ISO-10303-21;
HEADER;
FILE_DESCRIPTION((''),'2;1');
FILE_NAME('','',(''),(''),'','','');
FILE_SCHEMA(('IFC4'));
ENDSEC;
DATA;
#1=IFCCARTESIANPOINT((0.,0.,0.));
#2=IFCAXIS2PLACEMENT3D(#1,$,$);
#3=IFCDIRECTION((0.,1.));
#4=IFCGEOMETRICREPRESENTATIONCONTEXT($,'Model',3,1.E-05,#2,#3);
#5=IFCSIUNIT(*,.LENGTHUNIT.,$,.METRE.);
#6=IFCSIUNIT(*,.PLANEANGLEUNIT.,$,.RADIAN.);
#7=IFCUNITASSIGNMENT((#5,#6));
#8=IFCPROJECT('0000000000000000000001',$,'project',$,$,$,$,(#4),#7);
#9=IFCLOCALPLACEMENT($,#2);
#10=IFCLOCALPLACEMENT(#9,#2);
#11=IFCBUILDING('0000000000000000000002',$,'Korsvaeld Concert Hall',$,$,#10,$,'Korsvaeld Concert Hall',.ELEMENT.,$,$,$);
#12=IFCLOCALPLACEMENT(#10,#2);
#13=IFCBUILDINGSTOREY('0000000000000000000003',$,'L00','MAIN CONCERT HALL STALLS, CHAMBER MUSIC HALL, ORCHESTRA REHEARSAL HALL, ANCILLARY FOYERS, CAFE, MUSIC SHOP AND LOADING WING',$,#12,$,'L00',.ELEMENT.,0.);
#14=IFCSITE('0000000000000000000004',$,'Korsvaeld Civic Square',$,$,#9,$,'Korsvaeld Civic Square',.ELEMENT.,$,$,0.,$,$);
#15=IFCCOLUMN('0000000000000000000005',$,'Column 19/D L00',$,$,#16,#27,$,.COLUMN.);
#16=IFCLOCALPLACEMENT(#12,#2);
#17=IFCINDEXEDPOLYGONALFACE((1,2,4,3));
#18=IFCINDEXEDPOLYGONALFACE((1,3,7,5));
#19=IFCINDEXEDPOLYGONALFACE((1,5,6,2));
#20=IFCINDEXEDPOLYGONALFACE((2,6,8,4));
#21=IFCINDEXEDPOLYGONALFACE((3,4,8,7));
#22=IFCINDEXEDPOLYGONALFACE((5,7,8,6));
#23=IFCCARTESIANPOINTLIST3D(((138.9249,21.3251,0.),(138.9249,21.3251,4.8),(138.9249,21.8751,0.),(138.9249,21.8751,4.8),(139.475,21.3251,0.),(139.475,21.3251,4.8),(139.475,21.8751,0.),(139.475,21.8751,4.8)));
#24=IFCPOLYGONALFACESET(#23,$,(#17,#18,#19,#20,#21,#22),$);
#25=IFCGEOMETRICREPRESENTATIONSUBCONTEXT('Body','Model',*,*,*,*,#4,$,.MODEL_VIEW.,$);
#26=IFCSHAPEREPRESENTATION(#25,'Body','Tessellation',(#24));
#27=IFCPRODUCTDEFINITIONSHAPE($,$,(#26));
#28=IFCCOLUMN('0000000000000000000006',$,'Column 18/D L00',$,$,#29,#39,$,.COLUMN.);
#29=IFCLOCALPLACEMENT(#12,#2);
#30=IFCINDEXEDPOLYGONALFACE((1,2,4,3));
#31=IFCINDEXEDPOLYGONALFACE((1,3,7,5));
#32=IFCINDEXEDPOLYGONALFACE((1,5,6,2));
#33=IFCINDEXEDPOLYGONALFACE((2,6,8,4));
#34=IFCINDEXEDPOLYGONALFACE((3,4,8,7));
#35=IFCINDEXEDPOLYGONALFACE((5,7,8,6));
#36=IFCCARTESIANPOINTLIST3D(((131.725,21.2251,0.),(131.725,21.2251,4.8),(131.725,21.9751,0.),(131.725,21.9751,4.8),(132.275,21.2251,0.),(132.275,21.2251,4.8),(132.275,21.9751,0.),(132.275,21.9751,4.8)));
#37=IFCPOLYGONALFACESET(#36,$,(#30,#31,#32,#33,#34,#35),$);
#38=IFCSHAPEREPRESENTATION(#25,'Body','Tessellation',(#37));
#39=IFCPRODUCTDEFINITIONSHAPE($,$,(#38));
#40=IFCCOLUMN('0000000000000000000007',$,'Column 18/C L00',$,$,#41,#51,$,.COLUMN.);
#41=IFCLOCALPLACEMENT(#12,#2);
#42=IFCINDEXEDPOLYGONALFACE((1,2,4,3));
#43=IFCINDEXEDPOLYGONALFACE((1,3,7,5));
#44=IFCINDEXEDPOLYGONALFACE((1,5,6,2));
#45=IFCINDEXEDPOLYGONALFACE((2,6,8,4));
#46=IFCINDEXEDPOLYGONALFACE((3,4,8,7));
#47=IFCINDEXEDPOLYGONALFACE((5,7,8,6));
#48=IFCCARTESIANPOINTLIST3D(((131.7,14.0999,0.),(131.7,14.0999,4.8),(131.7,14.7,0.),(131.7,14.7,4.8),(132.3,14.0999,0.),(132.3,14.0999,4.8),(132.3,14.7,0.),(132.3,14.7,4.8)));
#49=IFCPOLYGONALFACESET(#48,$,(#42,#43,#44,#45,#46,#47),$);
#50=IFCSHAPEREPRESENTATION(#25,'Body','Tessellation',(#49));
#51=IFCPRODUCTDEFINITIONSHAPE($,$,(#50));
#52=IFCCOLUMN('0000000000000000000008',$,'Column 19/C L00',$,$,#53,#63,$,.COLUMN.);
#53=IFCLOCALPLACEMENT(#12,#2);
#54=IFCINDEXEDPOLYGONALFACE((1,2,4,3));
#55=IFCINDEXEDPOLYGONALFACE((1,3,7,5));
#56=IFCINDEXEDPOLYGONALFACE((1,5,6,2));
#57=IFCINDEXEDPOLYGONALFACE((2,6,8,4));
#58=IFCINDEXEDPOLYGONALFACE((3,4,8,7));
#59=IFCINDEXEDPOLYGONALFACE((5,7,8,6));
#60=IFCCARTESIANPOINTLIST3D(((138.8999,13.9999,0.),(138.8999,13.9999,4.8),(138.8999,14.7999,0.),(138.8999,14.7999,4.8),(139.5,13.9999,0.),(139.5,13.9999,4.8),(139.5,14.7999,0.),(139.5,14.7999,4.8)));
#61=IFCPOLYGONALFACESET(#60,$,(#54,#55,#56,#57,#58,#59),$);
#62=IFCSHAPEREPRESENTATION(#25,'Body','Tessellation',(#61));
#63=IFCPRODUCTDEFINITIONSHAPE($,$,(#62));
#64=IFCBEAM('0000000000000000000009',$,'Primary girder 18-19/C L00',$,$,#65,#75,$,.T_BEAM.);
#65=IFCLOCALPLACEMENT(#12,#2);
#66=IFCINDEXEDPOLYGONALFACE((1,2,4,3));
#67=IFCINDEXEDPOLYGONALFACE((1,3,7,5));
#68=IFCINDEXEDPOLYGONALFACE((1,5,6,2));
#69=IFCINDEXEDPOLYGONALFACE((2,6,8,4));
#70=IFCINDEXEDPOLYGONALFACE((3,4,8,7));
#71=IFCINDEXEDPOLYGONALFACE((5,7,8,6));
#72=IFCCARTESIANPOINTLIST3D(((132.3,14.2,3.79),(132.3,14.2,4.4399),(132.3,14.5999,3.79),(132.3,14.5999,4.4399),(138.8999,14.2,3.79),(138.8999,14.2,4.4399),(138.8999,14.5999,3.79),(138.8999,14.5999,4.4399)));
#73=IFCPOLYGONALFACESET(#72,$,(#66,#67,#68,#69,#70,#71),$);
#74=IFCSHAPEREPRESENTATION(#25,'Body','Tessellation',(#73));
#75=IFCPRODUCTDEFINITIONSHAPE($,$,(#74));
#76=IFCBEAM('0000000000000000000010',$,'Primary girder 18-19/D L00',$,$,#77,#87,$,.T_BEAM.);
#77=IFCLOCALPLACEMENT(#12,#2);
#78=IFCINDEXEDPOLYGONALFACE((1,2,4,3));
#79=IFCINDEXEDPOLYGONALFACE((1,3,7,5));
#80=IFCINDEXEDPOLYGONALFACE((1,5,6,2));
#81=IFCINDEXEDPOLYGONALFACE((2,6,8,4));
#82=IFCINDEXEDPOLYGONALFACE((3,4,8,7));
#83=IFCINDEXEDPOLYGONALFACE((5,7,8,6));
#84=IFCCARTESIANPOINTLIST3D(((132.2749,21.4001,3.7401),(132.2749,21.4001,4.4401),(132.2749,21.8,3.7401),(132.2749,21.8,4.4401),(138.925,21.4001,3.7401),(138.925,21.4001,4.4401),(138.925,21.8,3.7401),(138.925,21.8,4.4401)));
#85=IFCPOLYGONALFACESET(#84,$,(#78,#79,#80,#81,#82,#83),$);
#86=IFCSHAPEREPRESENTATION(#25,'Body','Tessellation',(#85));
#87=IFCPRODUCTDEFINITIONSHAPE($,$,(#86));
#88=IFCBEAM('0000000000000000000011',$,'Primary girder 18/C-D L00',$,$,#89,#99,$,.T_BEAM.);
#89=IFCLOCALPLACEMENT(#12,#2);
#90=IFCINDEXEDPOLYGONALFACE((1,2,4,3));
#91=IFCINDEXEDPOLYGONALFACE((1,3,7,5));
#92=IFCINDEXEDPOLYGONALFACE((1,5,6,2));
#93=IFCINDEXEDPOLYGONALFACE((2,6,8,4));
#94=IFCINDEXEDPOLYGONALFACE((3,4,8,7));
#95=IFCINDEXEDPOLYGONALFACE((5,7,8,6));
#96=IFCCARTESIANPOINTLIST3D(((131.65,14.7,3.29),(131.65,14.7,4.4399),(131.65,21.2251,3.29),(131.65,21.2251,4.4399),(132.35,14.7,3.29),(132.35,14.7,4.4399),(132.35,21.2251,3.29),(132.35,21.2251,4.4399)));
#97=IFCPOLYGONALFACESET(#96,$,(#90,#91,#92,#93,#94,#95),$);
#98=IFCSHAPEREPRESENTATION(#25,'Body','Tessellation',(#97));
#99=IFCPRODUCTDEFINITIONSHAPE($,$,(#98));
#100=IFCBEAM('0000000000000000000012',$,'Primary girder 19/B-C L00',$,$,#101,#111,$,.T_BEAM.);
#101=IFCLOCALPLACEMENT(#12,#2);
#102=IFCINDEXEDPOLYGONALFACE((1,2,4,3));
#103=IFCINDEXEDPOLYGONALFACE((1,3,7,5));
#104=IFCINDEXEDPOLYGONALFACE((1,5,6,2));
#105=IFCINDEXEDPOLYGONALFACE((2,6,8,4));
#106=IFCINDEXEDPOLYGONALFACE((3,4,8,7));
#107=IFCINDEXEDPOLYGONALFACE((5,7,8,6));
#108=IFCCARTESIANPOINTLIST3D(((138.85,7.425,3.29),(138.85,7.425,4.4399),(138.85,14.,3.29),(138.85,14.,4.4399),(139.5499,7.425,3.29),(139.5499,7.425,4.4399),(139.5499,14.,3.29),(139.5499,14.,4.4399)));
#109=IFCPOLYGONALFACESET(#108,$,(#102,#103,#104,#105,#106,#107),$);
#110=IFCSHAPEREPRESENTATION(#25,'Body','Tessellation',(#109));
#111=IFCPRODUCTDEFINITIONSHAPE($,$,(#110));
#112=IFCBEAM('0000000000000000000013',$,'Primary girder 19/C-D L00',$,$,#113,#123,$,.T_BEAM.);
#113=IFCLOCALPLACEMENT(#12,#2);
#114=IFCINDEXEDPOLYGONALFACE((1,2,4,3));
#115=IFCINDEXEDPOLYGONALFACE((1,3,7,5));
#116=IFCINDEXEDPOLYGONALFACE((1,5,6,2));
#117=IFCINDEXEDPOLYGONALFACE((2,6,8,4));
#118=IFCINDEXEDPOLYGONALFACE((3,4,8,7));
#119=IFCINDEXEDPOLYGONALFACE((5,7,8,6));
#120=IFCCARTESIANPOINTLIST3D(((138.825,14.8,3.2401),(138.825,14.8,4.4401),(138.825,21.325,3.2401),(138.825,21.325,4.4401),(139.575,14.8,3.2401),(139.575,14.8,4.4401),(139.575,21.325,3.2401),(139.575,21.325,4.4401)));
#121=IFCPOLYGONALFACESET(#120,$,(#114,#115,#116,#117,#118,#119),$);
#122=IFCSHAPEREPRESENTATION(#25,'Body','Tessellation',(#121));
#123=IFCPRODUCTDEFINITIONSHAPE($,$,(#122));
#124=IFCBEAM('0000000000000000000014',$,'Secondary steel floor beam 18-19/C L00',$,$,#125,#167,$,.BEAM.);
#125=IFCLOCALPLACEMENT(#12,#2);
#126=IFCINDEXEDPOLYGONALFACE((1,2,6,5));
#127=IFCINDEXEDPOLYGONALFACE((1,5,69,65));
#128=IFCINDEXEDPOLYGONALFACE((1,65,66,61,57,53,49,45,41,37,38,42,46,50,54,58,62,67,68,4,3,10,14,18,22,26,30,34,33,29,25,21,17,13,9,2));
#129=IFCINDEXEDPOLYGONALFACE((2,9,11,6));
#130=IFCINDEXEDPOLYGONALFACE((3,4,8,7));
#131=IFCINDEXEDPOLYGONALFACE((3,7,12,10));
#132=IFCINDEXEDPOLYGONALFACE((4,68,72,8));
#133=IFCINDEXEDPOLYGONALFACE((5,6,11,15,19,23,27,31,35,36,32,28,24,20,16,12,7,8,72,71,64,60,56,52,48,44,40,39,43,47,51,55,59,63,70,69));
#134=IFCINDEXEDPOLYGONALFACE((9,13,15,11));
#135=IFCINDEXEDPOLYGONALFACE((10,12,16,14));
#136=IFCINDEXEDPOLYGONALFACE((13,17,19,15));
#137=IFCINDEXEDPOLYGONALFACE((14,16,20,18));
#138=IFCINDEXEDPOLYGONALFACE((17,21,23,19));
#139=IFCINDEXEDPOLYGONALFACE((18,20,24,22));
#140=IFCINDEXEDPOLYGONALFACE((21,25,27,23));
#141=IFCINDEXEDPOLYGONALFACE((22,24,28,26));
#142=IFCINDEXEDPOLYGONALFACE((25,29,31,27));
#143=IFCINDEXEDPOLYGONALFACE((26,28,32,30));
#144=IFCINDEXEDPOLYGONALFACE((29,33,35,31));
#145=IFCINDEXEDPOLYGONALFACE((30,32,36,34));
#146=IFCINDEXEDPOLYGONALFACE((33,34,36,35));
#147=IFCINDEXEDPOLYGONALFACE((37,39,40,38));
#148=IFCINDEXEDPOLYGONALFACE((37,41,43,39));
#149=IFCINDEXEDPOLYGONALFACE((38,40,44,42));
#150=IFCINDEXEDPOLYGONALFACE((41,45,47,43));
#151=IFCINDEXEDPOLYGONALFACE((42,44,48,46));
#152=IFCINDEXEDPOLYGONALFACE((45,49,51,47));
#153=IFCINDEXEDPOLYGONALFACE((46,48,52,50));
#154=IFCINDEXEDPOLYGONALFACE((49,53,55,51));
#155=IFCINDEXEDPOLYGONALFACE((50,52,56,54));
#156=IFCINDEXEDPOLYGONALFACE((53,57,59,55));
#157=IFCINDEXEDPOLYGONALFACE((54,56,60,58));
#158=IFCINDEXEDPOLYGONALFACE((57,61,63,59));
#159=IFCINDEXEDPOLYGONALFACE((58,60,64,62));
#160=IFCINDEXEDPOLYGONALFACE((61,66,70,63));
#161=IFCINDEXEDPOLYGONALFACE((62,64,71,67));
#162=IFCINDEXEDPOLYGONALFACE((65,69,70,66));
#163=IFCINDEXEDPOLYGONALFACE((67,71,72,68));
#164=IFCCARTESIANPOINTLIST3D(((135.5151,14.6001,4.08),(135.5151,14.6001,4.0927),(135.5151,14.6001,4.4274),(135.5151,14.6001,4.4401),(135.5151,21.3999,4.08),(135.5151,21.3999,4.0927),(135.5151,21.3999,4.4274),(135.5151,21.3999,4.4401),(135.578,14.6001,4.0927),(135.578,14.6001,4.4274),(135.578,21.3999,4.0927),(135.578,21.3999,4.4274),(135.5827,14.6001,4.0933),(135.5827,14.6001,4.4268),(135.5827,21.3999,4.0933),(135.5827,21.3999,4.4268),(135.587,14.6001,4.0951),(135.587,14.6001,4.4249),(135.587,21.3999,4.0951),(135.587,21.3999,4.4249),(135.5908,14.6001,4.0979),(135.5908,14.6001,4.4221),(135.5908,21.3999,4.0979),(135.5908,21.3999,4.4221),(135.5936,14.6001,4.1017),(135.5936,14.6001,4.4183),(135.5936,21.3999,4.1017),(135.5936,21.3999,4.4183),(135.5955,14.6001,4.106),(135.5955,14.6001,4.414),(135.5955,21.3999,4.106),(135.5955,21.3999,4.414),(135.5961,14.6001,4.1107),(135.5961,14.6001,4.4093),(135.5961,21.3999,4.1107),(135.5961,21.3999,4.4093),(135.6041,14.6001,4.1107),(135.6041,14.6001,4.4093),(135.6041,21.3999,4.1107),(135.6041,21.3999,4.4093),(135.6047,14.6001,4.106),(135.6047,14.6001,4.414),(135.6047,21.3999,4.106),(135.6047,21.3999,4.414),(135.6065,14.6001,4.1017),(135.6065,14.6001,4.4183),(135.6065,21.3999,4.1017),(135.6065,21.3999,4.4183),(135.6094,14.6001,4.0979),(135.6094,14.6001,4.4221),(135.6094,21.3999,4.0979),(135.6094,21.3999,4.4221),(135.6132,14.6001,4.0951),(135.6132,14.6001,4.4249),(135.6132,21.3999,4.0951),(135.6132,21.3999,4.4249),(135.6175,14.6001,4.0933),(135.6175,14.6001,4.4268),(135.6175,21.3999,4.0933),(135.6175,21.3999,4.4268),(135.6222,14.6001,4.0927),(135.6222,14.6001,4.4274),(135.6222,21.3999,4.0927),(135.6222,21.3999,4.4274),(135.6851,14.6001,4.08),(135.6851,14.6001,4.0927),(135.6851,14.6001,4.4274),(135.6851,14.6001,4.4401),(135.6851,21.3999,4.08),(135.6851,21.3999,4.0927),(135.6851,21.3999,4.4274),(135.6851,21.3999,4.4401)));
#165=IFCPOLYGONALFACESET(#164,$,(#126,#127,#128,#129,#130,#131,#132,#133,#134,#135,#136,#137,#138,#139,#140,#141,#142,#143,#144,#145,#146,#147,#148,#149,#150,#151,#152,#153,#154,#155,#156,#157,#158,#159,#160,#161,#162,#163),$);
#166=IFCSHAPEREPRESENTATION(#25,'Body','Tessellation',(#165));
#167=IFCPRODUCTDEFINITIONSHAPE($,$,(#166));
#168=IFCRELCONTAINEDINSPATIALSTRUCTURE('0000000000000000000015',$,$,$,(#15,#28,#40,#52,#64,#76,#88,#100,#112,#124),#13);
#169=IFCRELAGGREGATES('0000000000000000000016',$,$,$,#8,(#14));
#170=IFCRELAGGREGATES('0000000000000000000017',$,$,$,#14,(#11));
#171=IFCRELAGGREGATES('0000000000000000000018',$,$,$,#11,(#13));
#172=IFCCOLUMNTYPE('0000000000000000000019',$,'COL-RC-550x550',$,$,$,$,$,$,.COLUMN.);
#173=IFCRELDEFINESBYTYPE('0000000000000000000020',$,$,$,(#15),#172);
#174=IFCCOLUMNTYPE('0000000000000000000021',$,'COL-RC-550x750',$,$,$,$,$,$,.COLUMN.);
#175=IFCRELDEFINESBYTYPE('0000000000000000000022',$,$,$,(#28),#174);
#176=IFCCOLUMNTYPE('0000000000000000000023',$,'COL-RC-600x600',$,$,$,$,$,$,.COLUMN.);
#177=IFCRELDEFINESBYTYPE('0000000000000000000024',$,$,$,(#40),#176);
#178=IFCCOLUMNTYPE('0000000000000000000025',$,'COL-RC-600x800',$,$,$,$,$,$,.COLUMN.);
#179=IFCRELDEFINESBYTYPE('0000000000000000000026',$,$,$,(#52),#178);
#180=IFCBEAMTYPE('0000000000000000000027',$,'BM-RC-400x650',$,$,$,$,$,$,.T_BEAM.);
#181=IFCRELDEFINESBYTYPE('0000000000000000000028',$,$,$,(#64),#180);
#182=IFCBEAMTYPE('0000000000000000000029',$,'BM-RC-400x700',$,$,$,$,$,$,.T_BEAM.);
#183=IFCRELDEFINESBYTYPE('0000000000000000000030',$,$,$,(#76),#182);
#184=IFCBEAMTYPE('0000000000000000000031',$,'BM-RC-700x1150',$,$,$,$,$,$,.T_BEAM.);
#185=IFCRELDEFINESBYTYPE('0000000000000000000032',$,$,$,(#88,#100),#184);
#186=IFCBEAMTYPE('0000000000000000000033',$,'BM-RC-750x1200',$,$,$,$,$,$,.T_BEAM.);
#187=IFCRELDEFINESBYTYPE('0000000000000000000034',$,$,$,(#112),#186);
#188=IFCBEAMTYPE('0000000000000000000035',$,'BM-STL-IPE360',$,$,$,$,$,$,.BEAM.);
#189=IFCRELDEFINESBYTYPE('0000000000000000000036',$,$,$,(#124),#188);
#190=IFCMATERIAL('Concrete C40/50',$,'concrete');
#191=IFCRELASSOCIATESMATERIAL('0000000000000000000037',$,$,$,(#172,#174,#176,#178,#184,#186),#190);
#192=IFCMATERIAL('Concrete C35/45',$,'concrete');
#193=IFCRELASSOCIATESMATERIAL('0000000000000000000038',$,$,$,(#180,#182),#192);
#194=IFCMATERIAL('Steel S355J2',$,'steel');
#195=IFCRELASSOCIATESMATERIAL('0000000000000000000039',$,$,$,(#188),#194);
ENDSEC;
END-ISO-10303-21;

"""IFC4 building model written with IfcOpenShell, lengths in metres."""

from ifc_helpers import new_model, si_unit, direction, frame, origin, origin_2d, place, context, subcontext, project, spatial, rectangle, i_section, extrude, material, material_profile, profile_set, type_object, element, save


model = new_model("IFC4")

# Units and contexts
model_context = context("Model", 3, precision=1e-05, world=origin(), true_north=direction((0.0, 1.0)))
body_context = subcontext(model_context, "Body", "Model", "MODEL_VIEW")
ifc_project = project(units=[si_unit("LENGTHUNIT", "METRE"), si_unit("PLANEANGLEUNIT", "RADIAN")], contexts=[model_context])

# Site, building, storey
site_placement = place(None, origin())
site = spatial("IfcSite", under=ifc_project, at=site_placement, Name="Korsvaeld Civic Square", LongName="Korsvaeld Civic Square", CompositionType="ELEMENT", RefElevation=0.0)
building_placement = place(site_placement, origin())
building = spatial("IfcBuilding", under=site, at=building_placement, Name="Korsvaeld Concert Hall", LongName="Korsvaeld Concert Hall", CompositionType="ELEMENT")
storey_placement = place(building_placement, origin())
storey = spatial("IfcBuildingStorey", under=building, at=storey_placement, Name="L00", Description="MAIN CONCERT HALL STALLS, CHAMBER MUSIC HALL, ORCHESTRA REHEARSAL HALL, ANCILLARY FOYERS, CAFE, MUSIC SHOP AND LOADING WING", LongName="L00", CompositionType="ELEMENT", Elevation=0.0)

# Columns
ifc_material_1 = material(Name="Concrete C40/50", Category="concrete")
ifc_material_profile_1 = material_profile(ifc_material_1, rectangle(XDim=0.55, YDim=0.55, at=origin_2d()), Name="RC 550x550")
ifc_profile_set_1 = profile_set([ifc_material_profile_1], Name="Concrete C40/50")
column_type_1 = type_object("IfcColumnType", Name="COL-RC-550x550", PredefinedType="COLUMN", material=ifc_profile_set_1)
column_1_placement = place(storey_placement, frame((139.2, 21.6001, 0.0), z_axis=(0.0, 0.0, 1.0), x_axis=(1.0, 0.0, 0.0)))
element("IfcColumn", 1, at=column_1_placement, inside=storey, type_object=column_type_1, Name="Column 19/D L00", PredefinedType="COLUMN", context=body_context, shape_type="SweptSolid", body=[
    extrude(rectangle(XDim=0.55, YDim=0.55, at=origin_2d()), origin(), (0.0, 0.0, 1.0), 4.8),
])
ifc_material_profile_2 = material_profile(ifc_material_1, rectangle(XDim=0.55, YDim=0.75, at=origin_2d()), Name="RC 550x750")
ifc_profile_set_2 = profile_set([ifc_material_profile_2], Name="Concrete C40/50")
column_type_2 = type_object("IfcColumnType", Name="COL-RC-550x750", PredefinedType="COLUMN", material=ifc_profile_set_2)
column_2_placement = place(storey_placement, frame((132.0, 21.6001, 0.0), z_axis=(0.0, 0.0, 1.0), x_axis=(1.0, 0.0, 0.0)))
element("IfcColumn", 2, at=column_2_placement, inside=storey, type_object=column_type_2, Name="Column 18/D L00", PredefinedType="COLUMN", context=body_context, shape_type="SweptSolid", body=[
    extrude(rectangle(XDim=0.55, YDim=0.75, at=origin_2d()), origin(), (0.0, 0.0, 1.0), 4.8),
])
ifc_material_profile_3 = material_profile(ifc_material_1, rectangle(XDim=0.6001, YDim=0.6001, at=origin_2d()), Name="RC 600x600")
ifc_profile_set_3 = profile_set([ifc_material_profile_3], Name="Concrete C40/50")
column_type_3 = type_object("IfcColumnType", Name="COL-RC-600x600", PredefinedType="COLUMN", material=ifc_profile_set_3)
column_3_placement = place(storey_placement, frame((132.0, 14.3999, 0.0), z_axis=(0.0, 0.0, 1.0), x_axis=(1.0, 0.0, 0.0)))
element("IfcColumn", 3, at=column_3_placement, inside=storey, type_object=column_type_3, Name="Column 18/C L00", PredefinedType="COLUMN", context=body_context, shape_type="SweptSolid", body=[
    extrude(rectangle(XDim=0.6001, YDim=0.6001, at=origin_2d()), origin(), (0.0, 0.0, 1.0), 4.8),
])
ifc_material_profile_4 = material_profile(ifc_material_1, rectangle(XDim=0.6001, YDim=0.8, at=origin_2d()), Name="RC 600x800")
ifc_profile_set_4 = profile_set([ifc_material_profile_4], Name="Concrete C40/50")
column_type_4 = type_object("IfcColumnType", Name="COL-RC-600x800", PredefinedType="COLUMN", material=ifc_profile_set_4)
column_4_placement = place(storey_placement, frame((139.2, 14.3999, 0.0), z_axis=(0.0, 0.0, 1.0), x_axis=(1.0, 0.0, 0.0)))
element("IfcColumn", 4, at=column_4_placement, inside=storey, type_object=column_type_4, Name="Column 19/C L00", PredefinedType="COLUMN", context=body_context, shape_type="SweptSolid", body=[
    extrude(rectangle(XDim=0.6001, YDim=0.8, at=origin_2d()), origin(), (0.0, 0.0, 1.0), 4.8),
])

# Beams
ifc_material_2 = material(Name="Concrete C35/45", Category="concrete")
ifc_material_profile_5 = material_profile(ifc_material_2, rectangle(XDim=0.3999, YDim=0.6499, at=origin_2d()), Name="RC 400x650")
ifc_profile_set_5 = profile_set([ifc_material_profile_5], Name="Concrete C35/45")
beam_type_1 = type_object("IfcBeamType", Name="BM-RC-400x650", PredefinedType="T_BEAM", material=ifc_profile_set_5)
beam_1_placement = place(storey_placement, frame((132.3, 14.3999, 4.115), z_axis=(1.0, 0.0, 0.0), x_axis=(0.0, 1.0, 0.0)))
element("IfcBeam", 5, at=beam_1_placement, inside=storey, type_object=beam_type_1, Name="Primary girder 18-19/C L00", PredefinedType="T_BEAM", context=body_context, shape_type="SweptSolid", body=[
    extrude(rectangle(XDim=0.3999, YDim=0.6499, at=origin_2d()), origin(), (0.0, 0.0, 1.0), 6.5999),
])
ifc_material_profile_6 = material_profile(ifc_material_2, rectangle(XDim=0.3999, YDim=0.7, at=origin_2d()), Name="RC 400x700")
ifc_profile_set_6 = profile_set([ifc_material_profile_6], Name="Concrete C35/45")
beam_type_2 = type_object("IfcBeamType", Name="BM-RC-400x700", PredefinedType="T_BEAM", material=ifc_profile_set_6)
beam_2_placement = place(storey_placement, frame((132.2749, 21.6001, 4.0901), z_axis=(1.0, 0.0, 0.0), x_axis=(0.0, 1.0, 0.0)))
element("IfcBeam", 6, at=beam_2_placement, inside=storey, type_object=beam_type_2, Name="Primary girder 18-19/D L00", PredefinedType="T_BEAM", context=body_context, shape_type="SweptSolid", body=[
    extrude(rectangle(XDim=0.3999, YDim=0.7, at=origin_2d()), origin(), (0.0, 0.0, 1.0), 6.6501),
])
ifc_material_profile_7 = material_profile(ifc_material_1, rectangle(XDim=0.7, YDim=1.1499, at=origin_2d()), Name="RC 700x1150")
ifc_profile_set_7 = profile_set([ifc_material_profile_7], Name="Concrete C40/50")
beam_type_3 = type_object("IfcBeamType", Name="BM-RC-700x1150", PredefinedType="T_BEAM", material=ifc_profile_set_7)
beam_3_placement = place(storey_placement, frame((132.0, 14.7, 3.865), z_axis=(0.0, 1.0, 0.0), x_axis=(-1.0, 0.0, 0.0)))
element("IfcBeam", 7, at=beam_3_placement, inside=storey, type_object=beam_type_3, Name="Primary girder 18/C-D L00", PredefinedType="T_BEAM", context=body_context, shape_type="SweptSolid", body=[
    extrude(rectangle(XDim=0.7, YDim=1.1499, at=origin_2d()), origin(), (0.0, 0.0, 1.0), 6.5251),
])
beam_4_placement = place(storey_placement, frame((139.2, 7.425, 3.865), z_axis=(0.0, 1.0, 0.0), x_axis=(-1.0, 0.0, 0.0)))
element("IfcBeam", 8, at=beam_4_placement, inside=storey, type_object=beam_type_3, Name="Primary girder 19/B-C L00", PredefinedType="T_BEAM", context=body_context, shape_type="SweptSolid", body=[
    extrude(rectangle(XDim=0.7, YDim=1.1499, at=origin_2d()), origin(), (0.0, 0.0, 1.0), 6.575),
])
ifc_material_profile_8 = material_profile(ifc_material_1, rectangle(XDim=0.75, YDim=1.2, at=origin_2d()), Name="RC 750x1200")
ifc_profile_set_8 = profile_set([ifc_material_profile_8], Name="Concrete C40/50")
beam_type_4 = type_object("IfcBeamType", Name="BM-RC-750x1200", PredefinedType="T_BEAM", material=ifc_profile_set_8)
beam_5_placement = place(storey_placement, frame((139.2, 14.8, 3.8401), z_axis=(0.0, 1.0, 0.0), x_axis=(-1.0, 0.0, 0.0)))
element("IfcBeam", 9, at=beam_5_placement, inside=storey, type_object=beam_type_4, Name="Primary girder 19/C-D L00", PredefinedType="T_BEAM", context=body_context, shape_type="SweptSolid", body=[
    extrude(rectangle(XDim=0.75, YDim=1.2, at=origin_2d()), origin(), (0.0, 0.0, 1.0), 6.5249),
])
ifc_material_3 = material(Name="Steel S355J2", Category="steel")
ifc_material_profile_9 = material_profile(ifc_material_3, i_section(OverallWidth=0.1699, OverallDepth=0.3601, WebThickness=0.0081, FlangeThickness=0.0127, FilletRadius=0.0181, at=origin_2d()), Name="IPE 360")
ifc_profile_set_9 = profile_set([ifc_material_profile_9], Name="Steel S355J2")
beam_type_5 = type_object("IfcBeamType", Name="BM-STL-IPE360", PredefinedType="BEAM", material=ifc_profile_set_9)
beam_6_placement = place(storey_placement, frame((135.6001, 14.6001, 4.26), z_axis=(0.0, 1.0, 0.0), x_axis=(-1.0, 0.0, 0.0)))
element("IfcBeam", 10, at=beam_6_placement, inside=storey, type_object=beam_type_5, Name="Secondary steel floor beam 18-19/C L00", PredefinedType="BEAM", context=body_context, shape_type="SweptSolid", body=[
    extrude(i_section(OverallWidth=0.1699, OverallDepth=0.3601, WebThickness=0.0081, FlangeThickness=0.0127, FilletRadius=0.0181, at=origin_2d()), origin(), (0.0, 0.0, 1.0), 6.7998),
])

save(model, "model.ifc")
